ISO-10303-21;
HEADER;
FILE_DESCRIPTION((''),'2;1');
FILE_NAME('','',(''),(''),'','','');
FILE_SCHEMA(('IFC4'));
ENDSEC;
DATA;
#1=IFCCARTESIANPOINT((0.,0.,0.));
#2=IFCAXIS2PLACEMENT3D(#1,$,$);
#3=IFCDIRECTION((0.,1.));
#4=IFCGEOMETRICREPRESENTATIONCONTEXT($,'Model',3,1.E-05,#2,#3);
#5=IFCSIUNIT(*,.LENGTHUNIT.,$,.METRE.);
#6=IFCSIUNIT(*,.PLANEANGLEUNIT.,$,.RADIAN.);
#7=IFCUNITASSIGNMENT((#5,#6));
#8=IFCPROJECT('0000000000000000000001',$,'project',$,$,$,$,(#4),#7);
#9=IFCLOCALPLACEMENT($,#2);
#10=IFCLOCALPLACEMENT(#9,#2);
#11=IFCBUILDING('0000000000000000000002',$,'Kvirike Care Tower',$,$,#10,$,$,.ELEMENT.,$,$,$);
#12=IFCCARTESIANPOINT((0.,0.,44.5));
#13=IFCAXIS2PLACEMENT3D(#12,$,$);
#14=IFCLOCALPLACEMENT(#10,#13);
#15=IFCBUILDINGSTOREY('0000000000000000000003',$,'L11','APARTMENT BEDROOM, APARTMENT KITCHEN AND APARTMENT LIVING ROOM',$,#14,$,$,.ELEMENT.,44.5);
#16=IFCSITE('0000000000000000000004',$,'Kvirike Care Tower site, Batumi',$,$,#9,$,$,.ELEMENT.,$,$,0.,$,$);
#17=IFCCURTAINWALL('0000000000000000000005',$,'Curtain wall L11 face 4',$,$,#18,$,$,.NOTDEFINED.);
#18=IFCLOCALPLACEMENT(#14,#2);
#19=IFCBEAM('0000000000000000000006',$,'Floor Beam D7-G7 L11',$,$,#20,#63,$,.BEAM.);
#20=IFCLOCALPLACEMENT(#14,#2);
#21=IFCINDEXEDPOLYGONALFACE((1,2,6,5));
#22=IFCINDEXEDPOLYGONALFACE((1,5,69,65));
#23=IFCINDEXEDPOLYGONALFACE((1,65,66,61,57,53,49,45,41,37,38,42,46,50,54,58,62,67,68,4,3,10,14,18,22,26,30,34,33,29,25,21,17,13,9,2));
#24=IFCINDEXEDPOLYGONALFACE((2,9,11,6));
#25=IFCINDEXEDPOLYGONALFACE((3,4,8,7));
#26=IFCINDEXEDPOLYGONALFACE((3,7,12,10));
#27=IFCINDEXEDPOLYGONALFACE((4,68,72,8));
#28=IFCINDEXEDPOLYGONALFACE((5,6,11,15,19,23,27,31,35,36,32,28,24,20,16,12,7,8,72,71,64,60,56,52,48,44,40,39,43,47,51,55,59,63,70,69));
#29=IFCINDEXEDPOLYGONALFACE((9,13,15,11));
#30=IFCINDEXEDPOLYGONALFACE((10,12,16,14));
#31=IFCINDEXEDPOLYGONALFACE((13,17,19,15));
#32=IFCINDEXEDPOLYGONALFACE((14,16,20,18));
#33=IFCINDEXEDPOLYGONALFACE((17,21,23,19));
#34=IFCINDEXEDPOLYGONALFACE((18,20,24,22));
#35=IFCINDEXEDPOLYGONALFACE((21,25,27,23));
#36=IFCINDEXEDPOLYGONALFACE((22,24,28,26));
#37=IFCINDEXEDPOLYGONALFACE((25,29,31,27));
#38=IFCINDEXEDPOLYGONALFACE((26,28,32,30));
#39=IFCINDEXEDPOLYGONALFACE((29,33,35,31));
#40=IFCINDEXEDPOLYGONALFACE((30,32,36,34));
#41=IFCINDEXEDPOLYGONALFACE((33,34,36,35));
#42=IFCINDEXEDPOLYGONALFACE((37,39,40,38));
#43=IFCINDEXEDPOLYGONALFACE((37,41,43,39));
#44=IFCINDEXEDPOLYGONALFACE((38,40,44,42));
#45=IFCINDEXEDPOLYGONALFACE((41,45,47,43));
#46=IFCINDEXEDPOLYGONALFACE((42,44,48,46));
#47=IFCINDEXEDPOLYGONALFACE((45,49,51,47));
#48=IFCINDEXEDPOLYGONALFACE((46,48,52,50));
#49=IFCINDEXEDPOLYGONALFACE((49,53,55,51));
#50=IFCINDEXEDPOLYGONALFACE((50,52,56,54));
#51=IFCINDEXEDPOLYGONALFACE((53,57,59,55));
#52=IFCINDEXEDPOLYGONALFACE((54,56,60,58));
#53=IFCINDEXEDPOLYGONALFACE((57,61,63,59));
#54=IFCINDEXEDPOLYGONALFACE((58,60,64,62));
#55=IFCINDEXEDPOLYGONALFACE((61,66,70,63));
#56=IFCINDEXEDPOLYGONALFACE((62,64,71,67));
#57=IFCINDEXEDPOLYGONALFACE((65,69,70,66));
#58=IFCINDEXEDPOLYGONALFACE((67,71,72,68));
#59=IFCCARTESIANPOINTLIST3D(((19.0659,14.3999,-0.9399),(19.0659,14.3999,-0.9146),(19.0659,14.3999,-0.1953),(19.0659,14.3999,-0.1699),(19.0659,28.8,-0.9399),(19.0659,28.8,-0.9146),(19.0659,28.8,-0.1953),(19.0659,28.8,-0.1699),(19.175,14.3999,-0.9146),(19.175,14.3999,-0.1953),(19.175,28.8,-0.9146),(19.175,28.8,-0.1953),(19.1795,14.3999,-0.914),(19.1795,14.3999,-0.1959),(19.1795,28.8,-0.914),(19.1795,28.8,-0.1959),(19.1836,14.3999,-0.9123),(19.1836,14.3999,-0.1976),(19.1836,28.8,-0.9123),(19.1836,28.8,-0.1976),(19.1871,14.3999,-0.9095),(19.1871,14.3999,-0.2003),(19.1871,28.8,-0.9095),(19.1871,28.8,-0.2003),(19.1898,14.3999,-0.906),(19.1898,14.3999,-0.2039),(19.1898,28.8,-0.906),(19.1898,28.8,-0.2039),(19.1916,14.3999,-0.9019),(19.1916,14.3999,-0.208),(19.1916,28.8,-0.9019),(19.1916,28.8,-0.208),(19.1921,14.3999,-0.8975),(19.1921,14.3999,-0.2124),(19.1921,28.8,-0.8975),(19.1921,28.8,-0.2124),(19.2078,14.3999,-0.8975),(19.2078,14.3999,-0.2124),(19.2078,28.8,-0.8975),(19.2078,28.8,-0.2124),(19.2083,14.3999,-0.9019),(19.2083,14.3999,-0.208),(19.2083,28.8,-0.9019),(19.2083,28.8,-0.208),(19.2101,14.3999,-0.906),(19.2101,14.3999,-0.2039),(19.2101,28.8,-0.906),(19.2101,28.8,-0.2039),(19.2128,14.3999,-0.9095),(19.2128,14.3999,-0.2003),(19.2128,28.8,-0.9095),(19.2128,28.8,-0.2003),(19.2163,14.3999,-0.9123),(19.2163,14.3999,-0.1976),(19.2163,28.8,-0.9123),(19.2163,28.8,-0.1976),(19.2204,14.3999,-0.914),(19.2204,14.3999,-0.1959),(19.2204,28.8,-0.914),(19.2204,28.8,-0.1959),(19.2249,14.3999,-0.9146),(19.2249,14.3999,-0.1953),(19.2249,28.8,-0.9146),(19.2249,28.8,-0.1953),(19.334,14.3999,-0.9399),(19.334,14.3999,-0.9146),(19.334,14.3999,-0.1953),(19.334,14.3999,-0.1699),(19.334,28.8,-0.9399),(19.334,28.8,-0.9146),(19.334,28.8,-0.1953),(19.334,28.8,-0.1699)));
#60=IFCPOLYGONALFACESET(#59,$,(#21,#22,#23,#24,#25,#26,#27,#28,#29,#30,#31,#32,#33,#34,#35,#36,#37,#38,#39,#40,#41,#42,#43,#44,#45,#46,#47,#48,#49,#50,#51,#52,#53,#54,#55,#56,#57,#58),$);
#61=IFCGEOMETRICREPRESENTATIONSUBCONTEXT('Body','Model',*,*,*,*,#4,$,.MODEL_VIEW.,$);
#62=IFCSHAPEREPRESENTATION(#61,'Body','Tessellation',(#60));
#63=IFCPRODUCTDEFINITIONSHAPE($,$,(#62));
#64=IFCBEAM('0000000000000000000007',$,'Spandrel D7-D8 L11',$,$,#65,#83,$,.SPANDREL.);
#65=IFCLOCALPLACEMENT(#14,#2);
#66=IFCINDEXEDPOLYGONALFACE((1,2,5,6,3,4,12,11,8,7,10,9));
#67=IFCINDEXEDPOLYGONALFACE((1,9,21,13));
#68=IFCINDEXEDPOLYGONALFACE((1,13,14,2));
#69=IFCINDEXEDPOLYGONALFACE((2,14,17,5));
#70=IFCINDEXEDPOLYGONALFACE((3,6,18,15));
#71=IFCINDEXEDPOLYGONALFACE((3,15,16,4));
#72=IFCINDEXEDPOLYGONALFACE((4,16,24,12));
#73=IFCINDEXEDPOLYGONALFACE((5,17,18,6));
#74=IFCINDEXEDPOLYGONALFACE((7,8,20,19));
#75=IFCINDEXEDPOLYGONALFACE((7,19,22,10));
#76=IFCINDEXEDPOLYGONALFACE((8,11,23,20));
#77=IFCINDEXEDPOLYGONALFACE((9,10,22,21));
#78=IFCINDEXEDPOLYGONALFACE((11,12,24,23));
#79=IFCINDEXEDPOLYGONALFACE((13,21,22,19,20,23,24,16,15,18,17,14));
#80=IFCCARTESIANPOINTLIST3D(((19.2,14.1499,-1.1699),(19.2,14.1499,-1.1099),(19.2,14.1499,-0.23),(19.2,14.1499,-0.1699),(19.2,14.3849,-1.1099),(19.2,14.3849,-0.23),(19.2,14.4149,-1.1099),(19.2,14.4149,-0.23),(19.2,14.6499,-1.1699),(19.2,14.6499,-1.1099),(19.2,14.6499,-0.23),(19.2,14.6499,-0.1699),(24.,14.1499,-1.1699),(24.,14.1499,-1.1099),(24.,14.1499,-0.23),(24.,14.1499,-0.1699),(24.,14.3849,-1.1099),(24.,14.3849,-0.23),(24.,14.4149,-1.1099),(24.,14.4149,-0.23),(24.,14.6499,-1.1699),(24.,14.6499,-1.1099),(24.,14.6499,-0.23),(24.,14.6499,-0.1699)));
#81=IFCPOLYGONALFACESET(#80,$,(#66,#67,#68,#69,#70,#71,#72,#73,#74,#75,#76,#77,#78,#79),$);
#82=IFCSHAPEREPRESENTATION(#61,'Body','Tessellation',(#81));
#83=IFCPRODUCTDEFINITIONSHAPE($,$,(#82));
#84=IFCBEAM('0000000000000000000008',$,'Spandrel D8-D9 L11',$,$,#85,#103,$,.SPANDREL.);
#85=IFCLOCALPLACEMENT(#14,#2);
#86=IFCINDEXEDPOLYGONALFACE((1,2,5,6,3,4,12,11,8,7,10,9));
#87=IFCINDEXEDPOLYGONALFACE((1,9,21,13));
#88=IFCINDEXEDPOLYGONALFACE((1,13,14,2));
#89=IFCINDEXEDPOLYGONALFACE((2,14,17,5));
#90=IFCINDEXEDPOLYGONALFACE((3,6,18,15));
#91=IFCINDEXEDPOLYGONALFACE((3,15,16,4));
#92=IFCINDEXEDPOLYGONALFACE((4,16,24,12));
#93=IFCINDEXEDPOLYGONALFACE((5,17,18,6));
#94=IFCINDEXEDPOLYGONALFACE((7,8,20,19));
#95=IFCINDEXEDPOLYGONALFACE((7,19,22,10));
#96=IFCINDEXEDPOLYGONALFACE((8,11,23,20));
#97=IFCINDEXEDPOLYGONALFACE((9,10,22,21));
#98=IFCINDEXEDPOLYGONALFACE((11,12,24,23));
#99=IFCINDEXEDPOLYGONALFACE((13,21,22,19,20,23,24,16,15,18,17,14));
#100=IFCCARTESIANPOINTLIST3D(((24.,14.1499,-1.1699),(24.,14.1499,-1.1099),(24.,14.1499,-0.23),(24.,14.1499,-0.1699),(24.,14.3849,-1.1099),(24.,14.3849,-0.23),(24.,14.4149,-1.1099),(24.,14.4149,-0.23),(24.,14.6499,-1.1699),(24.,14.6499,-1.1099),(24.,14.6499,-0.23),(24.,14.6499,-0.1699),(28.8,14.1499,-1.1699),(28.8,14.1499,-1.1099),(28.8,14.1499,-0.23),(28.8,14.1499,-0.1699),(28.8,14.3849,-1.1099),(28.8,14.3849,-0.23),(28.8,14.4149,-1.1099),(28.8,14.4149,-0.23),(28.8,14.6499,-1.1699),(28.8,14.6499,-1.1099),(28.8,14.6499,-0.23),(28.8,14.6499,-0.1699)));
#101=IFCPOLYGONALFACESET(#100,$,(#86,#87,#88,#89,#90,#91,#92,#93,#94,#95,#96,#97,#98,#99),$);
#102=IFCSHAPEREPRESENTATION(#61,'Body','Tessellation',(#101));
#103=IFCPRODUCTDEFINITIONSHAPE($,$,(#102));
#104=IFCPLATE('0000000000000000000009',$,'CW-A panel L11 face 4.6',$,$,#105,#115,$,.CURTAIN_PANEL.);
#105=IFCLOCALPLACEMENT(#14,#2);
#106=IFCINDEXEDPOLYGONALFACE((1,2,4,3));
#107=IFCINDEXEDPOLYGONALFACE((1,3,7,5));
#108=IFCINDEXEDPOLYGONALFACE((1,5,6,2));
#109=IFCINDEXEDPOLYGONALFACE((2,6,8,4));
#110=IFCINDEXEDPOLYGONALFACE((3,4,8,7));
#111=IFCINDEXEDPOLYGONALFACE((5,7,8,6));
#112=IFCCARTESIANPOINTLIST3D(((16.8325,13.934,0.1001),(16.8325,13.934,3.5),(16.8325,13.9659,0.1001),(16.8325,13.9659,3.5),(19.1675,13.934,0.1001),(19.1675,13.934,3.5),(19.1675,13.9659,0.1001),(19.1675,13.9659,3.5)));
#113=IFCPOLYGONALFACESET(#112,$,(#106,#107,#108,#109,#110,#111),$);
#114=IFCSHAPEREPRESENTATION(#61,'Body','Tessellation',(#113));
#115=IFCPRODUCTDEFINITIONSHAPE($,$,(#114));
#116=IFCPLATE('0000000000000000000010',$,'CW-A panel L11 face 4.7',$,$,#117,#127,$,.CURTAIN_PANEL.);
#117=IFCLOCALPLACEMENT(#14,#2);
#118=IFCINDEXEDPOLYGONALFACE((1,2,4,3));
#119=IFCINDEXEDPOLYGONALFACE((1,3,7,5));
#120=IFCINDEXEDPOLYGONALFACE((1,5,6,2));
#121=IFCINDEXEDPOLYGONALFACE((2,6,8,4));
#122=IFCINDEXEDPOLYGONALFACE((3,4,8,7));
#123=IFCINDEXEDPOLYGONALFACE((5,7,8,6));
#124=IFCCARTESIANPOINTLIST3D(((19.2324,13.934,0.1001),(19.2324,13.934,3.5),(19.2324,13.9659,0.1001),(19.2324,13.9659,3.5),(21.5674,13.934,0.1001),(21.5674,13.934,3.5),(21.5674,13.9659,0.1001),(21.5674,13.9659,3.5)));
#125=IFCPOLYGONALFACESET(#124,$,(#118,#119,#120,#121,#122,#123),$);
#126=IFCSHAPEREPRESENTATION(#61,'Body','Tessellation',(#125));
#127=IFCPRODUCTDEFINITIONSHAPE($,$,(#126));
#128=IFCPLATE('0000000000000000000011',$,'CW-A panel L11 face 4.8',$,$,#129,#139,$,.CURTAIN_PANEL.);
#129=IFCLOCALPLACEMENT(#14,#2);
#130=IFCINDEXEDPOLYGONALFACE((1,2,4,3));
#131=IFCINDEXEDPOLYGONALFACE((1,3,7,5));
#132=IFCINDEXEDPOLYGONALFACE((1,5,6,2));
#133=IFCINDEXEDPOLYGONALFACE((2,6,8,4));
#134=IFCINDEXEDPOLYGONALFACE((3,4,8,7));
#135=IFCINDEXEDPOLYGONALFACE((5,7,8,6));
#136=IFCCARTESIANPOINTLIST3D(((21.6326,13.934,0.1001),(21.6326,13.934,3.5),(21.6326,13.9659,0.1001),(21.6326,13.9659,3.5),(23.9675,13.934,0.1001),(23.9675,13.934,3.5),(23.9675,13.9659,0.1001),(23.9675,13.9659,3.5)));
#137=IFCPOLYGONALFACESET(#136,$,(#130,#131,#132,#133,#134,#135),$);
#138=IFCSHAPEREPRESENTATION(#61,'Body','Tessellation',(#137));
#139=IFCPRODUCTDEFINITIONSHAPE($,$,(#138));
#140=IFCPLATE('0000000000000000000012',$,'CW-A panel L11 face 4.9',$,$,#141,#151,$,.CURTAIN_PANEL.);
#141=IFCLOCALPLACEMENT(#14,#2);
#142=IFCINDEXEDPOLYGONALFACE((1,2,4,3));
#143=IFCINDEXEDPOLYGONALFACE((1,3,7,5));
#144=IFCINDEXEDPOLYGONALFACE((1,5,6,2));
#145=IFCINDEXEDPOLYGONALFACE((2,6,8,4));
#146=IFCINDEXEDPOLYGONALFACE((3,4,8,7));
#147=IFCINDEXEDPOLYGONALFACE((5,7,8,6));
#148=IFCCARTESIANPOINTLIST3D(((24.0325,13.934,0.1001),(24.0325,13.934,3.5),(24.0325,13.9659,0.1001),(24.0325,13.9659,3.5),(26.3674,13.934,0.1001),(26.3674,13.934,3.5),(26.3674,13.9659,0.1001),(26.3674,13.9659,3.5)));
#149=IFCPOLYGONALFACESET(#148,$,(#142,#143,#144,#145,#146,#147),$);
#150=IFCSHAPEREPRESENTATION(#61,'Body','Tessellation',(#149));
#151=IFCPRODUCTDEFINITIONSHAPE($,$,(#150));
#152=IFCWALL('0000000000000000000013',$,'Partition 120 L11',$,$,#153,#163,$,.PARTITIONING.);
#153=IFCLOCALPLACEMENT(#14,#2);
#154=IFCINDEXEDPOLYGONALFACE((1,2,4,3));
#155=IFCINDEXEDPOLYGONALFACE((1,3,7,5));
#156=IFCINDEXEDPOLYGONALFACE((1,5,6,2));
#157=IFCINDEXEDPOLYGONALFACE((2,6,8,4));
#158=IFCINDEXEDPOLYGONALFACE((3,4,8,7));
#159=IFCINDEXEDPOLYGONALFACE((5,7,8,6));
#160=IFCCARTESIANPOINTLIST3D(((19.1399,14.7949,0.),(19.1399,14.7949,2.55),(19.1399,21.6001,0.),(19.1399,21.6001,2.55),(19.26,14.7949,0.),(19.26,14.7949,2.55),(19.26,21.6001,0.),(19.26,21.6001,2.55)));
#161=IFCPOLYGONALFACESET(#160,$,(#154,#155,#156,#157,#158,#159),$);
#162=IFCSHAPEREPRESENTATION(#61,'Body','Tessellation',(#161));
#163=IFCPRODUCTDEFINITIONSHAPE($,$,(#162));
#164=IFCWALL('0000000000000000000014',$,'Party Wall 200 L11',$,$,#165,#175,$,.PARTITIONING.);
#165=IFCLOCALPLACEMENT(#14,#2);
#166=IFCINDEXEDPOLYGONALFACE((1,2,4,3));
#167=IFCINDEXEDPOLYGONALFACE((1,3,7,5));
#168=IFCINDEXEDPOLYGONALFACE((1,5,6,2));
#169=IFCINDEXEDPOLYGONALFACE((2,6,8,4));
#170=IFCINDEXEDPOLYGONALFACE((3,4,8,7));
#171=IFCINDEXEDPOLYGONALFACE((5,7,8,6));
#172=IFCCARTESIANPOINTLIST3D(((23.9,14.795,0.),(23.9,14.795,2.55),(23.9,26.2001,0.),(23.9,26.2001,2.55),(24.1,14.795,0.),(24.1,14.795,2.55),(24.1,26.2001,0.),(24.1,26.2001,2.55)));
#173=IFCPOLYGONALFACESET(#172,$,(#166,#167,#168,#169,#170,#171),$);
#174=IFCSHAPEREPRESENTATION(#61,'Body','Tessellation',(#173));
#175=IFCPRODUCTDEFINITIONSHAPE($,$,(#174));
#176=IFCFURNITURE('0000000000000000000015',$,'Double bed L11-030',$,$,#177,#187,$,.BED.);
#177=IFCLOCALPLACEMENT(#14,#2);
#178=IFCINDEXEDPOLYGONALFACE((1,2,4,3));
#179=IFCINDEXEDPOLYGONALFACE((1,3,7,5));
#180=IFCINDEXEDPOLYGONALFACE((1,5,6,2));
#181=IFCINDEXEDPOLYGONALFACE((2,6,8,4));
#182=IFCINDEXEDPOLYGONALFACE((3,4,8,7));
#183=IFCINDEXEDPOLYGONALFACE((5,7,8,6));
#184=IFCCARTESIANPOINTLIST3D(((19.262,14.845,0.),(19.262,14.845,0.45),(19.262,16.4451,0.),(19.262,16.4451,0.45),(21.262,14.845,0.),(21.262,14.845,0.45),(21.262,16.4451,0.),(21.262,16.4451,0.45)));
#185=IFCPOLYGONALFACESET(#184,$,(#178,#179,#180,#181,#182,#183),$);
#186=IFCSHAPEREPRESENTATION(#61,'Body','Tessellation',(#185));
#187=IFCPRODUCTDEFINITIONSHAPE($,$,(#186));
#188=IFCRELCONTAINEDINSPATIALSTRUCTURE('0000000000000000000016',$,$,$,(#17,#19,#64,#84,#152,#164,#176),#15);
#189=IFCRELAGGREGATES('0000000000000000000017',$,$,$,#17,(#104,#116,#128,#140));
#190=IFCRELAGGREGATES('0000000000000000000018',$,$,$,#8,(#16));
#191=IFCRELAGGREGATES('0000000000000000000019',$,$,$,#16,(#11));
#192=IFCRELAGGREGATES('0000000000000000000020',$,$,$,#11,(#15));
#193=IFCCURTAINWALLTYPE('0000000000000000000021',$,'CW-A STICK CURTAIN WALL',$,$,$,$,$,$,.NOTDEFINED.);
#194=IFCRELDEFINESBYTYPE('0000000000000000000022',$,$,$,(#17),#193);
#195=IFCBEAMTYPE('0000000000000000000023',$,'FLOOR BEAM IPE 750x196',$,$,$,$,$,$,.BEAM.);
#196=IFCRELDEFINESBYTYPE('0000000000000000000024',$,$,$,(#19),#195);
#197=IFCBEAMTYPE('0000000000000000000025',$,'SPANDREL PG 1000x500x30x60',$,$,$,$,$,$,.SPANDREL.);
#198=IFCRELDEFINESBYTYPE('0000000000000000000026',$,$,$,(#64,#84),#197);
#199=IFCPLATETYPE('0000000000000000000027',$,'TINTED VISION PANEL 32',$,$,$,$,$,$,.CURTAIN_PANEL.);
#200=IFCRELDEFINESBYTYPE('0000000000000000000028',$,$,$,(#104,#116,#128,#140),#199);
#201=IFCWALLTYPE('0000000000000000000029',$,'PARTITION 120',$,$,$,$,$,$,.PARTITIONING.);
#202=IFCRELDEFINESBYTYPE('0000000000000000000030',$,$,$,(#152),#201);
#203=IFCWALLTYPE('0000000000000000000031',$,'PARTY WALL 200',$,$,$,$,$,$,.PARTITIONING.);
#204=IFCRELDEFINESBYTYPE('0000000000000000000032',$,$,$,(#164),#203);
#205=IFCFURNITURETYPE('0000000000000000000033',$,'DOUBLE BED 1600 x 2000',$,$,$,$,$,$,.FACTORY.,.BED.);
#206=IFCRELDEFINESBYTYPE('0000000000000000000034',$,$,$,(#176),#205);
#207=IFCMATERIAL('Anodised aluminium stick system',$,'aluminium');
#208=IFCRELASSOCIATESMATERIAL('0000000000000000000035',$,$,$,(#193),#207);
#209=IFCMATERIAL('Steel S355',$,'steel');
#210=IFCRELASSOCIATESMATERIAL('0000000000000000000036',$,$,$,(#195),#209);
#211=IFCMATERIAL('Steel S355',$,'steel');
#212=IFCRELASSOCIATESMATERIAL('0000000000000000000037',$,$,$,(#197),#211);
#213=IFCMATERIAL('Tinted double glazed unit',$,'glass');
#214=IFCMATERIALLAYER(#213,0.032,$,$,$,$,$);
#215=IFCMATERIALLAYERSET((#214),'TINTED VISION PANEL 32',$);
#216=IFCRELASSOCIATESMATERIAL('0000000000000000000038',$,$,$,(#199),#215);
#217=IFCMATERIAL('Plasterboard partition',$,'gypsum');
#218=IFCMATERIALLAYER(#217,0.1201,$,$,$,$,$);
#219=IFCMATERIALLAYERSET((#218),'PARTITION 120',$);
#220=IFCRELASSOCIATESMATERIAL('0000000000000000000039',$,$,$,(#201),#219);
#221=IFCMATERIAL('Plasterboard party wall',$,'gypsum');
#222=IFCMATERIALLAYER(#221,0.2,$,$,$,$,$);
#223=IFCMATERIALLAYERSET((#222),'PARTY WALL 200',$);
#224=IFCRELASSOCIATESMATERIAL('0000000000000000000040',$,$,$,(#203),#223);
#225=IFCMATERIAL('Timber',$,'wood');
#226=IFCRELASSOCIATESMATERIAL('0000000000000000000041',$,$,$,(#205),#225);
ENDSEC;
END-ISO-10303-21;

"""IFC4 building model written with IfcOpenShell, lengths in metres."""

from ifc_helpers import new_model, si_unit, direction, frame, frame_2d, origin, origin_2d, place, context, subcontext, project, spatial, rectangle, i_section, extrude, material, layer, layer_set, material_profile, profile_set, type_object, element, aggregate, save


model = new_model("IFC4")

# Units and contexts
model_context = context("Model", 3, precision=1e-05, world=origin(), true_north=direction((0.0, 1.0)))
body_context = subcontext(model_context, "Body", "Model", "MODEL_VIEW")
ifc_project = project(units=[si_unit("LENGTHUNIT", "METRE"), si_unit("PLANEANGLEUNIT", "RADIAN")], contexts=[model_context])

# Site, building, storey
site_placement = place(None, origin())
site = spatial("IfcSite", under=ifc_project, at=site_placement, Name="Kvirike Care Tower site, Batumi", CompositionType="ELEMENT", RefElevation=0.0)
building_placement = place(site_placement, origin())
building = spatial("IfcBuilding", under=site, at=building_placement, Name="Kvirike Care Tower", CompositionType="ELEMENT")
storey_placement = place(building_placement, frame((0.0, 0.0, 44.5)))
storey = spatial("IfcBuildingStorey", under=building, at=storey_placement, Name="L11", Description="APARTMENT BEDROOM, APARTMENT KITCHEN AND APARTMENT LIVING ROOM", CompositionType="ELEMENT", Elevation=44.5)

# Curtain wall
ifc_material_1 = material(Name="Anodised aluminium stick system", Category="aluminium")
curtain_wall_type = type_object("IfcCurtainWallType", Name="CW-A STICK CURTAIN WALL", PredefinedType="NOTDEFINED", material=ifc_material_1)
curtain_wall_placement = place(storey_placement, origin())
curtain_wall = element("IfcCurtainWall", 1, at=curtain_wall_placement, inside=storey, type_object=curtain_wall_type, Name="Curtain wall L11 face 4", PredefinedType="NOTDEFINED")

# Beams
ifc_material_2 = material(Name="Steel S355", Category="steel")
ifc_material_profile_1 = material_profile(ifc_material_2, i_section(OverallWidth=0.2681, OverallDepth=0.77, WebThickness=0.0156, FlangeThickness=0.0254, FilletRadius=0.0171, at=origin_2d()), Name="IPE 750x196")
ifc_profile_set_1 = profile_set([ifc_material_profile_1], Name="Steel S355")
beam_type_1 = type_object("IfcBeamType", Name="FLOOR BEAM IPE 750x196", PredefinedType="BEAM", material=ifc_profile_set_1)
beam_1_placement = place(storey_placement, frame((19.2, 14.3999, -0.5549), z_axis=(0.0, 1.0, 0.0), x_axis=(-1.0, 0.0, 0.0)))
element("IfcBeam", 2, at=beam_1_placement, inside=storey, type_object=beam_type_1, Name="Floor Beam D7-G7 L11", PredefinedType="BEAM", context=body_context, shape_type="SweptSolid", body=[
    extrude(i_section(OverallWidth=0.2681, OverallDepth=0.77, WebThickness=0.0156, FlangeThickness=0.0254, FilletRadius=0.0171, at=origin_2d()), origin(), (0.0, 0.0, 1.0), 14.4001),
])
ifc_material_3 = material(Name="Steel S355", Category="steel")
ifc_material_profile_2 = material_profile(ifc_material_3, i_section(OverallWidth=0.5, OverallDepth=1.0, WebThickness=0.03, FlangeThickness=0.0601, at=origin_2d()), Name="PG 1000x500x30x60")
ifc_profile_set_2 = profile_set([ifc_material_profile_2], Name="Steel S355")
beam_type_2 = type_object("IfcBeamType", Name="SPANDREL PG 1000x500x30x60", PredefinedType="SPANDREL", material=ifc_profile_set_2)
for number, where, z_axis, x_axis, name in (
    (3, (19.2, 14.3999, -0.6699), (1.0, 0.0, 0.0), (0.0, 1.0, 0.0), "Spandrel D7-D8 L11"),
    (4, (24.0, 14.3999, -0.6699), (1.0, 0.0, 0.0), (0.0, 1.0, 0.0), "Spandrel D8-D9 L11"),
):
    element("IfcBeam", number, at=place(storey_placement, frame(where, z_axis=z_axis, x_axis=x_axis)), inside=storey, type_object=beam_type_2, Name=name, PredefinedType="SPANDREL", context=body_context, shape_type="SweptSolid", body=[
        extrude(i_section(OverallWidth=0.5, OverallDepth=1.0, WebThickness=0.03, FlangeThickness=0.0601, at=origin_2d()), origin(), (0.0, 0.0, 1.0), 4.8),
    ])

# Plates
ifc_material_4 = material(Name="Tinted double glazed unit", Category="glass")
ifc_layer_1 = layer(ifc_material_4, 0.032)
ifc_layer_set_1 = layer_set([ifc_layer_1], Name="TINTED VISION PANEL 32")
plate_type = type_object("IfcPlateType", Name="TINTED VISION PANEL 32", PredefinedType="CURTAIN_PANEL", material=ifc_layer_set_1)
plate_1_placement = place(storey_placement, frame((18.0, 13.95, 0.1001), z_axis=(0.0, 0.0, 1.0), x_axis=(1.0, 0.0, 0.0)))
plate_1 = element("IfcPlate", 5, at=plate_1_placement, type_object=plate_type, Name="CW-A panel L11 face 4.6", PredefinedType="CURTAIN_PANEL", context=body_context, shape_type="SweptSolid", body=[
    extrude(rectangle(XDim=2.335, YDim=0.032, at=origin_2d()), origin(), (0.0, 0.0, 1.0), 3.3999),
])
plate_2_placement = place(storey_placement, frame((20.3999, 13.95, 0.1001), z_axis=(0.0, 0.0, 1.0), x_axis=(1.0, 0.0, 0.0)))
plate_2 = element("IfcPlate", 6, at=plate_2_placement, type_object=plate_type, Name="CW-A panel L11 face 4.7", PredefinedType="CURTAIN_PANEL", context=body_context, shape_type="SweptSolid", body=[
    extrude(rectangle(XDim=2.335, YDim=0.032, at=origin_2d()), origin(), (0.0, 0.0, 1.0), 3.3999),
])
plate_3_placement = place(storey_placement, frame((22.8, 13.95, 0.1001), z_axis=(0.0, 0.0, 1.0), x_axis=(1.0, 0.0, 0.0)))
plate_3 = element("IfcPlate", 7, at=plate_3_placement, type_object=plate_type, Name="CW-A panel L11 face 4.8", PredefinedType="CURTAIN_PANEL", context=body_context, shape_type="SweptSolid", body=[
    extrude(rectangle(XDim=2.335, YDim=0.032, at=origin_2d()), origin(), (0.0, 0.0, 1.0), 3.3999),
])
plate_4_placement = place(storey_placement, frame((25.2, 13.95, 0.1001), z_axis=(0.0, 0.0, 1.0), x_axis=(1.0, 0.0, 0.0)))
plate_4 = element("IfcPlate", 8, at=plate_4_placement, type_object=plate_type, Name="CW-A panel L11 face 4.9", PredefinedType="CURTAIN_PANEL", context=body_context, shape_type="SweptSolid", body=[
    extrude(rectangle(XDim=2.335, YDim=0.032, at=origin_2d()), origin(), (0.0, 0.0, 1.0), 3.3999),
])
aggregate(curtain_wall, [plate_1, plate_2, plate_3, plate_4])

# Walls
ifc_material_5 = material(Name="Plasterboard partition", Category="gypsum")
ifc_layer_2 = layer(ifc_material_5, 0.1201)
ifc_layer_set_2 = layer_set([ifc_layer_2], Name="PARTITION 120")
wall_type_1 = type_object("IfcWallType", Name="PARTITION 120", PredefinedType="PARTITIONING", material=ifc_layer_set_2)
wall_1_placement = place(storey_placement, frame((19.2, 14.7949, 0.0), z_axis=(0.0, 0.0, 1.0), x_axis=(0.0, 1.0, 0.0)))
element("IfcWall", 9, at=wall_1_placement, inside=storey, type_object=wall_type_1, Name="Partition 120 L11", PredefinedType="PARTITIONING", context=body_context, shape_type="SweptSolid", body=[
    extrude(rectangle(XDim=6.8052, YDim=0.1201, at=frame_2d((3.4026, 0.0))), origin(), (0.0, 0.0, 1.0), 2.55),
])
ifc_material_6 = material(Name="Plasterboard party wall", Category="gypsum")
ifc_layer_3 = layer(ifc_material_6, 0.2)
ifc_layer_set_3 = layer_set([ifc_layer_3], Name="PARTY WALL 200")
wall_type_2 = type_object("IfcWallType", Name="PARTY WALL 200", PredefinedType="PARTITIONING", material=ifc_layer_set_3)
wall_2_placement = place(storey_placement, frame((24.0, 14.7949, 0.0), z_axis=(0.0, 0.0, 1.0), x_axis=(0.0, 1.0, 0.0)))
element("IfcWall", 10, at=wall_2_placement, inside=storey, type_object=wall_type_2, Name="Party Wall 200 L11", PredefinedType="PARTITIONING", context=body_context, shape_type="SweptSolid", body=[
    extrude(rectangle(XDim=11.405, YDim=0.2, at=frame_2d((5.7026, 0.0))), origin(), (0.0, 0.0, 1.0), 2.55),
])

# Furniture
ifc_material_7 = material(Name="Timber", Category="wood")
furniture_type = type_object("IfcFurnitureType", Name="DOUBLE BED 1600 x 2000", AssemblyPlace="FACTORY", PredefinedType="BED", material=ifc_material_7)
for number, where, z_axis, x_axis, name in (
    (11, (20.262, 15.645, 0.0), (0.0, 0.0, 1.0), (0.0, 1.0, 0.0), "Double bed L11-030"),
):
    element("IfcFurniture", number, at=place(storey_placement, frame(where, z_axis=z_axis, x_axis=x_axis)), inside=storey, type_object=furniture_type, Name=name, PredefinedType="BED", context=body_context, shape_type="SweptSolid", body=[
        extrude(rectangle(XDim=1.6001, YDim=2.0, at=origin_2d()), origin(), (0.0, 0.0, 1.0), 0.45),
    ])

save(model, "model.ifc")
